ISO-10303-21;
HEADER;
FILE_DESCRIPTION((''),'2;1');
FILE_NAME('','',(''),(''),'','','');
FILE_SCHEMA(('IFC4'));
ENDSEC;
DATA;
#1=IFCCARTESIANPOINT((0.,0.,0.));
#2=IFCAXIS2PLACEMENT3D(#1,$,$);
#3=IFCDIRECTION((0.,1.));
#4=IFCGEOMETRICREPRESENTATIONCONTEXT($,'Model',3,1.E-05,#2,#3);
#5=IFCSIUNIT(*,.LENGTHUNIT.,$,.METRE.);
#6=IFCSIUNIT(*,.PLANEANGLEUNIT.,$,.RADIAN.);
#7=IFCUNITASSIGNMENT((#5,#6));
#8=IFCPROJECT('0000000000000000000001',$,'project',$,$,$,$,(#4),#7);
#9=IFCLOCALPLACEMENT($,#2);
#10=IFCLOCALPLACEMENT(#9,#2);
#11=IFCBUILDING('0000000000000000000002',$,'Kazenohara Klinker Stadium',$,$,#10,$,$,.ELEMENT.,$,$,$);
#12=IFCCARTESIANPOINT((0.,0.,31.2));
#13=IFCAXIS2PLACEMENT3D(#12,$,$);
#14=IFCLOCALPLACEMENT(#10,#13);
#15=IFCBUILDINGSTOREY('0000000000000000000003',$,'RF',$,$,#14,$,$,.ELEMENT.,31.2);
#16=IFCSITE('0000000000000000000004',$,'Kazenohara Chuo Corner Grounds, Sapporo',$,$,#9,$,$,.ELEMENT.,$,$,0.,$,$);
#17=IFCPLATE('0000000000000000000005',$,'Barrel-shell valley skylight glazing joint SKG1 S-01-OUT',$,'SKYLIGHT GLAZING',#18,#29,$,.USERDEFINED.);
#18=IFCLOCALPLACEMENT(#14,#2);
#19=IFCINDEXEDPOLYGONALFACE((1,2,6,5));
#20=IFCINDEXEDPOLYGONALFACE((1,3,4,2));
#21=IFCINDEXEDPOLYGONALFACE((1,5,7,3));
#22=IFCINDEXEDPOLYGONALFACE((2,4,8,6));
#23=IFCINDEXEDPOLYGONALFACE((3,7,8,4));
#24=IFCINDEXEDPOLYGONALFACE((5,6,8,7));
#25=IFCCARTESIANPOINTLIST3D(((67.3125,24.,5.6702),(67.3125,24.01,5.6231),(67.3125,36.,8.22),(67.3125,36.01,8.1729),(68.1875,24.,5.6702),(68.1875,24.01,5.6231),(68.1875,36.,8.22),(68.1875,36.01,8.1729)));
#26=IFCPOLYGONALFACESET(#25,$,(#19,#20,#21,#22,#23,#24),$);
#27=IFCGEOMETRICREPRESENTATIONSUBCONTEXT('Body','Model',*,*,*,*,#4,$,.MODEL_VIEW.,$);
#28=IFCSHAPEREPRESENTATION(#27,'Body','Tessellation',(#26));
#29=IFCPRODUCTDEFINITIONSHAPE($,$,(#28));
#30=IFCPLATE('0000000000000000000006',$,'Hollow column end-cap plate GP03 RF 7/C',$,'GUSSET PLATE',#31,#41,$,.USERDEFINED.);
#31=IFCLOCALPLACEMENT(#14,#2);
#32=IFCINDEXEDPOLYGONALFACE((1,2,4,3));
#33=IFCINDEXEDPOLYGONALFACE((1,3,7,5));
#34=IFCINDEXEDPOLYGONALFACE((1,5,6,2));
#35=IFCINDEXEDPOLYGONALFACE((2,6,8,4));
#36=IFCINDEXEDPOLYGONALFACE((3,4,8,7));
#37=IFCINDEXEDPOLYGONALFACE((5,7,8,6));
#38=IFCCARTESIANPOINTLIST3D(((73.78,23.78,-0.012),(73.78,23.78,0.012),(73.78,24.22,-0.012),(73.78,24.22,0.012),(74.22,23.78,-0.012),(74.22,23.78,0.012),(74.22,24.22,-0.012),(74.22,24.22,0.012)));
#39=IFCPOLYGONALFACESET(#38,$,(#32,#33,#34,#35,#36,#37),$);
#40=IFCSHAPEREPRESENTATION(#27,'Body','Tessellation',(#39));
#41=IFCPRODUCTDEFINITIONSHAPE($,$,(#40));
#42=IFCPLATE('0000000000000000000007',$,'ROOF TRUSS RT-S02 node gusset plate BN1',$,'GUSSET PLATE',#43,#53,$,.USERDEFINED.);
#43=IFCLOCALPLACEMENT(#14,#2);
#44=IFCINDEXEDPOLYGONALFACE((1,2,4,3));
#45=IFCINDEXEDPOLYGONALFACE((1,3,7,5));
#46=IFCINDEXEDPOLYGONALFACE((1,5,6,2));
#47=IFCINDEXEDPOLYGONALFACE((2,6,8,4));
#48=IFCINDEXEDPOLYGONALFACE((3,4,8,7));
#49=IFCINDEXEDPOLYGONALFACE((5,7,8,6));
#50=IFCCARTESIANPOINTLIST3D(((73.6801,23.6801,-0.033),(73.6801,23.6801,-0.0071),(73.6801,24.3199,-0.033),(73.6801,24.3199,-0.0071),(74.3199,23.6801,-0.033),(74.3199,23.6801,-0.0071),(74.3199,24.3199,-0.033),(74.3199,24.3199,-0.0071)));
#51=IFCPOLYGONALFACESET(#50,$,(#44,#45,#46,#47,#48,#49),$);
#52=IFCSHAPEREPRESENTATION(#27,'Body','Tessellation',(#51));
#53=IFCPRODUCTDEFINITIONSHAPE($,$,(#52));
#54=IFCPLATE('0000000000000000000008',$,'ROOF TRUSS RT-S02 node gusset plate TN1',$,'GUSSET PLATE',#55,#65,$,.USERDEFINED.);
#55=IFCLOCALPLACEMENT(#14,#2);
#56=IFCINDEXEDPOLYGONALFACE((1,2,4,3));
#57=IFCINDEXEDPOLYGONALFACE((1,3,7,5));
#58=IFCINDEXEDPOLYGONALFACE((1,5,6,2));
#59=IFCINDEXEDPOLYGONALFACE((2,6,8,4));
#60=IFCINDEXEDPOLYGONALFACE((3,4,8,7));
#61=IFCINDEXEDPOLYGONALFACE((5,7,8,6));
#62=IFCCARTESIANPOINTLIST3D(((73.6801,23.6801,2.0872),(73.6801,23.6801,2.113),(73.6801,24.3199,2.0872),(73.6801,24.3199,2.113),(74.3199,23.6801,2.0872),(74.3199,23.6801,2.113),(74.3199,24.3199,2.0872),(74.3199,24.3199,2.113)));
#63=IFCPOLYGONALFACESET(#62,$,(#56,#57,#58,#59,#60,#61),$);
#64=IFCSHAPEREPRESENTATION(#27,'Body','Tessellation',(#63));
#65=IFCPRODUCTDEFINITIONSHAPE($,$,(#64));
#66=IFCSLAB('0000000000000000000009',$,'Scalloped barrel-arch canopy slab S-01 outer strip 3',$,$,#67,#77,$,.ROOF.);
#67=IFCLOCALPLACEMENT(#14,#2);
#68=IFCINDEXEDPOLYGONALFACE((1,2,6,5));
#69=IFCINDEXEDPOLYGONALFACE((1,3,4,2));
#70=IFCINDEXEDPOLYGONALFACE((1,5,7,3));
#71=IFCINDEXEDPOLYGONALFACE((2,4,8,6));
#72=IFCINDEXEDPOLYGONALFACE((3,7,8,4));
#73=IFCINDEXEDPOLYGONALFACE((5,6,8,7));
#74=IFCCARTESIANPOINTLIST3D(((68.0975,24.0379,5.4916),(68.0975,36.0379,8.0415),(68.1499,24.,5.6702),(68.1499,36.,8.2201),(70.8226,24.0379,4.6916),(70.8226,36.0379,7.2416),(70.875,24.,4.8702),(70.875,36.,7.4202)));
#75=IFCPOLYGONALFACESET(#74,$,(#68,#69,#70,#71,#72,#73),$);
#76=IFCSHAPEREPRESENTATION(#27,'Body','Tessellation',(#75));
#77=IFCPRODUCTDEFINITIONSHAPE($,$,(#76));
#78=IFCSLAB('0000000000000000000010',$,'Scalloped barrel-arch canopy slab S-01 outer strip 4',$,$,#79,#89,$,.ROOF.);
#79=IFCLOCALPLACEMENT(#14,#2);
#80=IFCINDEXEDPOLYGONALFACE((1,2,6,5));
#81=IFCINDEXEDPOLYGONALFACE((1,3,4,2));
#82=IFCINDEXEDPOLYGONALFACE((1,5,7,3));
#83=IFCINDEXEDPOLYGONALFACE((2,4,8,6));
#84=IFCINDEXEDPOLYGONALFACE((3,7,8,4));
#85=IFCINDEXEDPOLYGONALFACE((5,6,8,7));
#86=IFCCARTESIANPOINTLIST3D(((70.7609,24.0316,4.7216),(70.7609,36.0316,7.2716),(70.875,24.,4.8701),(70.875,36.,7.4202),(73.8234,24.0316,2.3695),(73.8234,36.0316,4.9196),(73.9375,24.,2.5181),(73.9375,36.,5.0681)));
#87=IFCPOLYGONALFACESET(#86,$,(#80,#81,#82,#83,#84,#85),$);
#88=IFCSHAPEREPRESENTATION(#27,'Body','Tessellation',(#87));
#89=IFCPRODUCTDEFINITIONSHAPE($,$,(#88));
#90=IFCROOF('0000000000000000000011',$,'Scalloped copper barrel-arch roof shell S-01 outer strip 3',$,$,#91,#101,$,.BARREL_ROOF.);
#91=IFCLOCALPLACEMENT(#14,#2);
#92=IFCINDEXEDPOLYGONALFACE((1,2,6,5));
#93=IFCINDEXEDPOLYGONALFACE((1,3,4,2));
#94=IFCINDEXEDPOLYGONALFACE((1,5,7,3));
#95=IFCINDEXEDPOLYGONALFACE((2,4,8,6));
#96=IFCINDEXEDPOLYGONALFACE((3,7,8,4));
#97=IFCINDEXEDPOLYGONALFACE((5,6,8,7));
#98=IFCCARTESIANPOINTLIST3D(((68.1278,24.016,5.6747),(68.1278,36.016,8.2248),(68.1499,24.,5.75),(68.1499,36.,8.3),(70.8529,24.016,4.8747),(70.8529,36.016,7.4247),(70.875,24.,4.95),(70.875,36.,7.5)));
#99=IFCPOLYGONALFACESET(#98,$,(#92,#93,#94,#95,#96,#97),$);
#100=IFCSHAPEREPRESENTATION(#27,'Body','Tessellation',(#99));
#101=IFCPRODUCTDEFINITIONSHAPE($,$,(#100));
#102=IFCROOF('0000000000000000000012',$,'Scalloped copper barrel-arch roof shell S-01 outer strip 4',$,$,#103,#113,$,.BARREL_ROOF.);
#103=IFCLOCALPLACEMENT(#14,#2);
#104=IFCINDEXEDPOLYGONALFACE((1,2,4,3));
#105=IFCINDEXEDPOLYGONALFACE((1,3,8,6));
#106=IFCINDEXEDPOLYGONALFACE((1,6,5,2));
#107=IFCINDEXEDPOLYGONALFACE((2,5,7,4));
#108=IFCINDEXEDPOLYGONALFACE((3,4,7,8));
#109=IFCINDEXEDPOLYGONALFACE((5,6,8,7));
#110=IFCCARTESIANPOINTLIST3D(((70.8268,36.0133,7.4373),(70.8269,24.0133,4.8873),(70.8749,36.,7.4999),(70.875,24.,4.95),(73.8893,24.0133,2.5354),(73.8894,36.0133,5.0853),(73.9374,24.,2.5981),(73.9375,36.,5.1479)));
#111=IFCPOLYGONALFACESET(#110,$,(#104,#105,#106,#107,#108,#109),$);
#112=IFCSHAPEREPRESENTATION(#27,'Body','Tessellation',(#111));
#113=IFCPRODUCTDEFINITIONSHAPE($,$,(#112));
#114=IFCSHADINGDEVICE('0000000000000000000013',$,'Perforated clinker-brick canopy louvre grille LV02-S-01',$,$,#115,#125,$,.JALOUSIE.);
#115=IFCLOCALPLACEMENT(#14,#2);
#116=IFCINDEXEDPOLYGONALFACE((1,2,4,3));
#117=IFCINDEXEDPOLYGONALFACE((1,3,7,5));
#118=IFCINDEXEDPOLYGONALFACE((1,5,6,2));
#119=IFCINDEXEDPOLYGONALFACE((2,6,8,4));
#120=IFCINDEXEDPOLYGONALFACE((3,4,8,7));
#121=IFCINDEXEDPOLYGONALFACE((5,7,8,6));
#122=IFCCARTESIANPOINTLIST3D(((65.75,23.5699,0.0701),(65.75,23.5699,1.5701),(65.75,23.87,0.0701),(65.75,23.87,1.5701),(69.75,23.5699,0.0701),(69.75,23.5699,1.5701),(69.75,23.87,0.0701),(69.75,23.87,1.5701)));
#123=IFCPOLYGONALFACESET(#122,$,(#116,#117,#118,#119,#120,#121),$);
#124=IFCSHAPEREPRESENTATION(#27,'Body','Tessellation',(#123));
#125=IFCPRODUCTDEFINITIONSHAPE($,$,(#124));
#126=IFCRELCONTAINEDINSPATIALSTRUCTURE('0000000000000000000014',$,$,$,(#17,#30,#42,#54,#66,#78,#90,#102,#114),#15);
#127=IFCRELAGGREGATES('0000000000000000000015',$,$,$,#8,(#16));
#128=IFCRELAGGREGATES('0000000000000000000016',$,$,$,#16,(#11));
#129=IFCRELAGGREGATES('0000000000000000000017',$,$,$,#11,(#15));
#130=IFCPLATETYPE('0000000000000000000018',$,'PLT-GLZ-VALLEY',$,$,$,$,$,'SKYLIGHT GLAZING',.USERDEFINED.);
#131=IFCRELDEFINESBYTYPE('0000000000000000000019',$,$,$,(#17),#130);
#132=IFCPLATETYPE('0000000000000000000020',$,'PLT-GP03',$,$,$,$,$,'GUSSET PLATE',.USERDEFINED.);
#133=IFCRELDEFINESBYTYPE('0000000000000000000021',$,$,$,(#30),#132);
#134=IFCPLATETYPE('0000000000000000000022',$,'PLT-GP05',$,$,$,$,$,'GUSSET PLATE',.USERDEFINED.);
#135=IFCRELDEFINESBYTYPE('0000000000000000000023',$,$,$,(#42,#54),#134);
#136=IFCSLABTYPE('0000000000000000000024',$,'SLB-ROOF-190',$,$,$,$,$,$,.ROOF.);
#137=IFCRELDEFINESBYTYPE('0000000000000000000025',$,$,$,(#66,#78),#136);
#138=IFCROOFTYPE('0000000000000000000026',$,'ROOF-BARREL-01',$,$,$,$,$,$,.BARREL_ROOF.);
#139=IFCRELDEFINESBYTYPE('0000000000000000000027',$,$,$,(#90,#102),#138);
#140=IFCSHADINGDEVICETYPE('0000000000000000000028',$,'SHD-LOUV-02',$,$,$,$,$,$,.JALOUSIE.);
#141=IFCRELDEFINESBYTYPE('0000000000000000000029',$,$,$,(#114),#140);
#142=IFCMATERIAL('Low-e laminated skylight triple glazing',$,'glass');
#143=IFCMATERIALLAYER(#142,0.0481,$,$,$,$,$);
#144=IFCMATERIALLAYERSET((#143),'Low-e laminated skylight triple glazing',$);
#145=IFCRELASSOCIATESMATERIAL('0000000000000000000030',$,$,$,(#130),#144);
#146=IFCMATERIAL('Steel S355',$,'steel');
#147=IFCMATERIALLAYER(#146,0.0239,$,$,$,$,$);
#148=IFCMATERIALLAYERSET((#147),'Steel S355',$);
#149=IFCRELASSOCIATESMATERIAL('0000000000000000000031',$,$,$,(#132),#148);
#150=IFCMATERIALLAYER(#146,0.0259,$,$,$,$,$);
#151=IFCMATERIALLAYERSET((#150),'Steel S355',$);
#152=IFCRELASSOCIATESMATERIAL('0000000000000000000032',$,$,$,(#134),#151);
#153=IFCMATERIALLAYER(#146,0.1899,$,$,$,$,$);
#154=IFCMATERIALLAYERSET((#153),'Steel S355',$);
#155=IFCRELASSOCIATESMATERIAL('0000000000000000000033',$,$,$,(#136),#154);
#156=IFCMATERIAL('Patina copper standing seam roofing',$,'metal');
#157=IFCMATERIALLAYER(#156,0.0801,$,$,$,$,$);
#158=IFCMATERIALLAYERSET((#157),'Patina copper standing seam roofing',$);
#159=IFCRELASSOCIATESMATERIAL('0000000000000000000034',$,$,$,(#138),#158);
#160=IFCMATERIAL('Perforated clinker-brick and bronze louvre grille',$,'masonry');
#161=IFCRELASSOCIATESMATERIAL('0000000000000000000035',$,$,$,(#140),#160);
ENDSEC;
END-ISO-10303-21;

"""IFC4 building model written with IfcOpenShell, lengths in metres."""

from ifc_helpers import new_model, si_unit, direction, frame, origin, origin_2d, place, context, subcontext, project, spatial, polyline, rectangle, outline, extrude, material, layer, layer_set, type_object, element, save


model = new_model("IFC4")

# Units and contexts
model_context = context("Model", 3, precision=1e-05, world=origin(), true_north=direction((0.0, 1.0)))
body_context = subcontext(model_context, "Body", "Model", "MODEL_VIEW")
ifc_project = project(units=[si_unit("LENGTHUNIT", "METRE"), si_unit("PLANEANGLEUNIT", "RADIAN")], contexts=[model_context])

# Site, building, storey
site_placement = place(None, origin())
site = spatial("IfcSite", under=ifc_project, at=site_placement, Name="Kazenohara Chuo Corner Grounds, Sapporo", CompositionType="ELEMENT", RefElevation=0.0)
building_placement = place(site_placement, origin())
building = spatial("IfcBuilding", under=site, at=building_placement, Name="Kazenohara Klinker Stadium", CompositionType="ELEMENT")
storey_placement = place(building_placement, frame((0.0, 0.0, 31.2)))
storey = spatial("IfcBuildingStorey", under=building, at=storey_placement, Name="RF", CompositionType="ELEMENT", Elevation=31.2)

# Shared definitions
ifc_material_1 = material(Name="Steel S355", Category="steel")

# Plates
ifc_material_2 = material(Name="Low-e laminated skylight triple glazing", Category="glass")
ifc_layer_1 = layer(ifc_material_2, 0.0481)
ifc_layer_set_1 = layer_set([ifc_layer_1], Name="Low-e laminated skylight triple glazing")
plate_type_1 = type_object("IfcPlateType", Name="PLT-GLZ-VALLEY", ElementType="SKYLIGHT GLAZING", PredefinedType="USERDEFINED", material=ifc_layer_set_1)
plate_1_placement = place(storey_placement, frame((67.3125, 24.0, 5.6702), z_axis=(0.0, -0.207844, 0.978162), x_axis=(0.0, 0.978162, 0.207844)))
element("IfcPlate", 1, at=plate_1_placement, inside=storey, type_object=plate_type_1, Name="Barrel-shell valley skylight glazing joint SKG1 S-01-OUT", ObjectType="SKYLIGHT GLAZING", PredefinedType="USERDEFINED", context=body_context, shape_type="SweptSolid", body=[
    extrude(outline(polyline([(0.0, 0.0), (12.2679, 0.0), (12.2679, -0.875), (0.0, -0.875), (0.0, 0.0)])), origin(), (0.0, 0.0, -1.0), 0.0481),
])
ifc_layer_2 = layer(ifc_material_1, 0.0239)
ifc_layer_set_2 = layer_set([ifc_layer_2], Name="Steel S355")
plate_type_2 = type_object("IfcPlateType", Name="PLT-GP03", ElementType="GUSSET PLATE", PredefinedType="USERDEFINED", material=ifc_layer_set_2)
plate_2_placement = place(storey_placement, frame((74.0, 24.0, -0.012), z_axis=(0.0, 0.0, 1.0), x_axis=(1.0, 0.0, 0.0)))
element("IfcPlate", 2, at=plate_2_placement, inside=storey, type_object=plate_type_2, Name="Hollow column end-cap plate GP03 RF 7/C", ObjectType="GUSSET PLATE", PredefinedType="USERDEFINED", context=body_context, shape_type="SweptSolid", body=[
    extrude(rectangle(XDim=0.4399, YDim=0.4399, at=origin_2d()), origin(), (0.0, 0.0, 1.0), 0.0239),
])
ifc_layer_3 = layer(ifc_material_1, 0.0259)
ifc_layer_set_3 = layer_set([ifc_layer_3], Name="Steel S355")
plate_type_3 = type_object("IfcPlateType", Name="PLT-GP05", ElementType="GUSSET PLATE", PredefinedType="USERDEFINED", material=ifc_layer_set_3)
for number, where, z_axis, x_axis, name in (
    (3, (74.0, 24.0, -0.033), (0.0, 0.0, 1.0), (1.0, 0.0, 0.0), "ROOF TRUSS RT-S02 node gusset plate BN1"),
    (4, (74.0, 24.0, 2.0872), (0.0, 0.0, 1.0), (1.0, 0.0, 0.0), "ROOF TRUSS RT-S02 node gusset plate TN1"),
):
    element("IfcPlate", number, at=place(storey_placement, frame(where, z_axis=z_axis, x_axis=x_axis)), inside=storey, type_object=plate_type_3, Name=name, ObjectType="GUSSET PLATE", PredefinedType="USERDEFINED", context=body_context, shape_type="SweptSolid", body=[
        extrude(rectangle(XDim=0.6399, YDim=0.6399, at=origin_2d()), origin(), (0.0, 0.0, 1.0), 0.0259),
    ])

# Slabs
ifc_layer_4 = layer(ifc_material_1, 0.1899)
ifc_layer_set_4 = layer_set([ifc_layer_4], Name="Steel S355")
slab_type = type_object("IfcSlabType", Name="SLB-ROOF-190", PredefinedType="ROOF", material=ifc_layer_set_4)
slab_1_placement = place(storey_placement, frame((68.1499, 24.0, 5.6702), z_axis=(0.275979, -0.199781, 0.940172), x_axis=(0.000003, 0.97816, 0.207852)))
element("IfcSlab", 5, at=slab_1_placement, inside=storey, type_object=slab_type, Name="Scalloped barrel-arch canopy slab S-01 outer strip 3", PredefinedType="ROOF", context=body_context, shape_type="SweptSolid", body=[
    extrude(outline(polyline([(0.0, 0.0), (12.2679, 0.0), (12.1017, -2.8352), (-0.1663, -2.8352), (0.0, 0.0)])), origin(), (0.0, 0.0, -1.0), 0.1899),
])
slab_2_placement = place(storey_placement, frame((70.875, 24.0, 4.8701), z_axis=(0.600635, -0.166191, 0.78206), x_axis=(0.0, 0.978158, 0.207863)))
element("IfcSlab", 6, at=slab_2_placement, inside=storey, type_object=slab_type, Name="Scalloped barrel-arch canopy slab S-01 outer strip 4", PredefinedType="ROOF", context=body_context, shape_type="SweptSolid", body=[
    extrude(outline(polyline([(0.0, 0.0), (12.268, 0.0), (11.7791, -3.8304), (-0.4889, -3.8304), (0.0, 0.0)])), origin(), (0.0, 0.0, -1.0), 0.1899),
])

# Roofs
ifc_material_3 = material(Name="Patina copper standing seam roofing", Category="metal")
ifc_layer_5 = layer(ifc_material_3, 0.0801)
ifc_layer_set_5 = layer_set([ifc_layer_5], Name="Patina copper standing seam roofing")
roof_type = type_object("IfcRoofType", Name="ROOF-BARREL-01", PredefinedType="BARREL_ROOF", material=ifc_layer_set_5)
roof_1_placement = place(storey_placement, frame((68.1499, 24.0, 5.75), z_axis=(0.276017, -0.199788, 0.940159), x_axis=(0.0, 0.978158, 0.207863)))
element("IfcRoof", 7, at=roof_1_placement, inside=storey, type_object=roof_type, Name="Scalloped copper barrel-arch roof shell S-01 outer strip 3", PredefinedType="BARREL_ROOF", context=body_context, shape_type="SweptSolid", body=[
    extrude(outline(polyline([(0.0, 0.0), (12.268, 0.0), (12.1017, -2.8352), (-0.1663, -2.8352), (0.0, 0.0)])), origin(), (0.0, 0.0, -1.0), 0.0801),
])
roof_2_placement = place(storey_placement, frame((70.875, 24.0, 4.95), z_axis=(0.600616, -0.166186, 0.782076), x_axis=(-0.000005, 0.978159, 0.207856)))
element("IfcRoof", 8, at=roof_2_placement, inside=storey, type_object=roof_type, Name="Scalloped copper barrel-arch roof shell S-01 outer strip 4", PredefinedType="BARREL_ROOF", context=body_context, shape_type="SweptSolid", body=[
    extrude(outline(polyline([(0.0, 0.0), (12.268, 0.0), (11.7791, -3.8304), (-0.4889, -3.8303), (0.0, 0.0)])), origin(), (0.0, 0.0, -1.0), 0.0801),
])

# Shading device
ifc_material_4 = material(Name="Perforated clinker-brick and bronze louvre grille", Category="masonry")
shading_device_type = type_object("IfcShadingDeviceType", Name="SHD-LOUV-02", PredefinedType="JALOUSIE", material=ifc_material_4)
shading_device_placement = place(storey_placement, frame((67.75, 23.72, 0.0701), z_axis=(0.0, 0.0, 1.0), x_axis=(1.0, 0.0, 0.0)))
element("IfcShadingDevice", 9, at=shading_device_placement, inside=storey, type_object=shading_device_type, Name="Perforated clinker-brick canopy louvre grille LV02-S-01", PredefinedType="JALOUSIE", context=body_context, shape_type="SweptSolid", body=[
    extrude(rectangle(XDim=4.0, YDim=0.3, at=origin_2d()), origin(), (0.0, 0.0, 1.0), 1.5),
])

save(model, "model.ifc")
